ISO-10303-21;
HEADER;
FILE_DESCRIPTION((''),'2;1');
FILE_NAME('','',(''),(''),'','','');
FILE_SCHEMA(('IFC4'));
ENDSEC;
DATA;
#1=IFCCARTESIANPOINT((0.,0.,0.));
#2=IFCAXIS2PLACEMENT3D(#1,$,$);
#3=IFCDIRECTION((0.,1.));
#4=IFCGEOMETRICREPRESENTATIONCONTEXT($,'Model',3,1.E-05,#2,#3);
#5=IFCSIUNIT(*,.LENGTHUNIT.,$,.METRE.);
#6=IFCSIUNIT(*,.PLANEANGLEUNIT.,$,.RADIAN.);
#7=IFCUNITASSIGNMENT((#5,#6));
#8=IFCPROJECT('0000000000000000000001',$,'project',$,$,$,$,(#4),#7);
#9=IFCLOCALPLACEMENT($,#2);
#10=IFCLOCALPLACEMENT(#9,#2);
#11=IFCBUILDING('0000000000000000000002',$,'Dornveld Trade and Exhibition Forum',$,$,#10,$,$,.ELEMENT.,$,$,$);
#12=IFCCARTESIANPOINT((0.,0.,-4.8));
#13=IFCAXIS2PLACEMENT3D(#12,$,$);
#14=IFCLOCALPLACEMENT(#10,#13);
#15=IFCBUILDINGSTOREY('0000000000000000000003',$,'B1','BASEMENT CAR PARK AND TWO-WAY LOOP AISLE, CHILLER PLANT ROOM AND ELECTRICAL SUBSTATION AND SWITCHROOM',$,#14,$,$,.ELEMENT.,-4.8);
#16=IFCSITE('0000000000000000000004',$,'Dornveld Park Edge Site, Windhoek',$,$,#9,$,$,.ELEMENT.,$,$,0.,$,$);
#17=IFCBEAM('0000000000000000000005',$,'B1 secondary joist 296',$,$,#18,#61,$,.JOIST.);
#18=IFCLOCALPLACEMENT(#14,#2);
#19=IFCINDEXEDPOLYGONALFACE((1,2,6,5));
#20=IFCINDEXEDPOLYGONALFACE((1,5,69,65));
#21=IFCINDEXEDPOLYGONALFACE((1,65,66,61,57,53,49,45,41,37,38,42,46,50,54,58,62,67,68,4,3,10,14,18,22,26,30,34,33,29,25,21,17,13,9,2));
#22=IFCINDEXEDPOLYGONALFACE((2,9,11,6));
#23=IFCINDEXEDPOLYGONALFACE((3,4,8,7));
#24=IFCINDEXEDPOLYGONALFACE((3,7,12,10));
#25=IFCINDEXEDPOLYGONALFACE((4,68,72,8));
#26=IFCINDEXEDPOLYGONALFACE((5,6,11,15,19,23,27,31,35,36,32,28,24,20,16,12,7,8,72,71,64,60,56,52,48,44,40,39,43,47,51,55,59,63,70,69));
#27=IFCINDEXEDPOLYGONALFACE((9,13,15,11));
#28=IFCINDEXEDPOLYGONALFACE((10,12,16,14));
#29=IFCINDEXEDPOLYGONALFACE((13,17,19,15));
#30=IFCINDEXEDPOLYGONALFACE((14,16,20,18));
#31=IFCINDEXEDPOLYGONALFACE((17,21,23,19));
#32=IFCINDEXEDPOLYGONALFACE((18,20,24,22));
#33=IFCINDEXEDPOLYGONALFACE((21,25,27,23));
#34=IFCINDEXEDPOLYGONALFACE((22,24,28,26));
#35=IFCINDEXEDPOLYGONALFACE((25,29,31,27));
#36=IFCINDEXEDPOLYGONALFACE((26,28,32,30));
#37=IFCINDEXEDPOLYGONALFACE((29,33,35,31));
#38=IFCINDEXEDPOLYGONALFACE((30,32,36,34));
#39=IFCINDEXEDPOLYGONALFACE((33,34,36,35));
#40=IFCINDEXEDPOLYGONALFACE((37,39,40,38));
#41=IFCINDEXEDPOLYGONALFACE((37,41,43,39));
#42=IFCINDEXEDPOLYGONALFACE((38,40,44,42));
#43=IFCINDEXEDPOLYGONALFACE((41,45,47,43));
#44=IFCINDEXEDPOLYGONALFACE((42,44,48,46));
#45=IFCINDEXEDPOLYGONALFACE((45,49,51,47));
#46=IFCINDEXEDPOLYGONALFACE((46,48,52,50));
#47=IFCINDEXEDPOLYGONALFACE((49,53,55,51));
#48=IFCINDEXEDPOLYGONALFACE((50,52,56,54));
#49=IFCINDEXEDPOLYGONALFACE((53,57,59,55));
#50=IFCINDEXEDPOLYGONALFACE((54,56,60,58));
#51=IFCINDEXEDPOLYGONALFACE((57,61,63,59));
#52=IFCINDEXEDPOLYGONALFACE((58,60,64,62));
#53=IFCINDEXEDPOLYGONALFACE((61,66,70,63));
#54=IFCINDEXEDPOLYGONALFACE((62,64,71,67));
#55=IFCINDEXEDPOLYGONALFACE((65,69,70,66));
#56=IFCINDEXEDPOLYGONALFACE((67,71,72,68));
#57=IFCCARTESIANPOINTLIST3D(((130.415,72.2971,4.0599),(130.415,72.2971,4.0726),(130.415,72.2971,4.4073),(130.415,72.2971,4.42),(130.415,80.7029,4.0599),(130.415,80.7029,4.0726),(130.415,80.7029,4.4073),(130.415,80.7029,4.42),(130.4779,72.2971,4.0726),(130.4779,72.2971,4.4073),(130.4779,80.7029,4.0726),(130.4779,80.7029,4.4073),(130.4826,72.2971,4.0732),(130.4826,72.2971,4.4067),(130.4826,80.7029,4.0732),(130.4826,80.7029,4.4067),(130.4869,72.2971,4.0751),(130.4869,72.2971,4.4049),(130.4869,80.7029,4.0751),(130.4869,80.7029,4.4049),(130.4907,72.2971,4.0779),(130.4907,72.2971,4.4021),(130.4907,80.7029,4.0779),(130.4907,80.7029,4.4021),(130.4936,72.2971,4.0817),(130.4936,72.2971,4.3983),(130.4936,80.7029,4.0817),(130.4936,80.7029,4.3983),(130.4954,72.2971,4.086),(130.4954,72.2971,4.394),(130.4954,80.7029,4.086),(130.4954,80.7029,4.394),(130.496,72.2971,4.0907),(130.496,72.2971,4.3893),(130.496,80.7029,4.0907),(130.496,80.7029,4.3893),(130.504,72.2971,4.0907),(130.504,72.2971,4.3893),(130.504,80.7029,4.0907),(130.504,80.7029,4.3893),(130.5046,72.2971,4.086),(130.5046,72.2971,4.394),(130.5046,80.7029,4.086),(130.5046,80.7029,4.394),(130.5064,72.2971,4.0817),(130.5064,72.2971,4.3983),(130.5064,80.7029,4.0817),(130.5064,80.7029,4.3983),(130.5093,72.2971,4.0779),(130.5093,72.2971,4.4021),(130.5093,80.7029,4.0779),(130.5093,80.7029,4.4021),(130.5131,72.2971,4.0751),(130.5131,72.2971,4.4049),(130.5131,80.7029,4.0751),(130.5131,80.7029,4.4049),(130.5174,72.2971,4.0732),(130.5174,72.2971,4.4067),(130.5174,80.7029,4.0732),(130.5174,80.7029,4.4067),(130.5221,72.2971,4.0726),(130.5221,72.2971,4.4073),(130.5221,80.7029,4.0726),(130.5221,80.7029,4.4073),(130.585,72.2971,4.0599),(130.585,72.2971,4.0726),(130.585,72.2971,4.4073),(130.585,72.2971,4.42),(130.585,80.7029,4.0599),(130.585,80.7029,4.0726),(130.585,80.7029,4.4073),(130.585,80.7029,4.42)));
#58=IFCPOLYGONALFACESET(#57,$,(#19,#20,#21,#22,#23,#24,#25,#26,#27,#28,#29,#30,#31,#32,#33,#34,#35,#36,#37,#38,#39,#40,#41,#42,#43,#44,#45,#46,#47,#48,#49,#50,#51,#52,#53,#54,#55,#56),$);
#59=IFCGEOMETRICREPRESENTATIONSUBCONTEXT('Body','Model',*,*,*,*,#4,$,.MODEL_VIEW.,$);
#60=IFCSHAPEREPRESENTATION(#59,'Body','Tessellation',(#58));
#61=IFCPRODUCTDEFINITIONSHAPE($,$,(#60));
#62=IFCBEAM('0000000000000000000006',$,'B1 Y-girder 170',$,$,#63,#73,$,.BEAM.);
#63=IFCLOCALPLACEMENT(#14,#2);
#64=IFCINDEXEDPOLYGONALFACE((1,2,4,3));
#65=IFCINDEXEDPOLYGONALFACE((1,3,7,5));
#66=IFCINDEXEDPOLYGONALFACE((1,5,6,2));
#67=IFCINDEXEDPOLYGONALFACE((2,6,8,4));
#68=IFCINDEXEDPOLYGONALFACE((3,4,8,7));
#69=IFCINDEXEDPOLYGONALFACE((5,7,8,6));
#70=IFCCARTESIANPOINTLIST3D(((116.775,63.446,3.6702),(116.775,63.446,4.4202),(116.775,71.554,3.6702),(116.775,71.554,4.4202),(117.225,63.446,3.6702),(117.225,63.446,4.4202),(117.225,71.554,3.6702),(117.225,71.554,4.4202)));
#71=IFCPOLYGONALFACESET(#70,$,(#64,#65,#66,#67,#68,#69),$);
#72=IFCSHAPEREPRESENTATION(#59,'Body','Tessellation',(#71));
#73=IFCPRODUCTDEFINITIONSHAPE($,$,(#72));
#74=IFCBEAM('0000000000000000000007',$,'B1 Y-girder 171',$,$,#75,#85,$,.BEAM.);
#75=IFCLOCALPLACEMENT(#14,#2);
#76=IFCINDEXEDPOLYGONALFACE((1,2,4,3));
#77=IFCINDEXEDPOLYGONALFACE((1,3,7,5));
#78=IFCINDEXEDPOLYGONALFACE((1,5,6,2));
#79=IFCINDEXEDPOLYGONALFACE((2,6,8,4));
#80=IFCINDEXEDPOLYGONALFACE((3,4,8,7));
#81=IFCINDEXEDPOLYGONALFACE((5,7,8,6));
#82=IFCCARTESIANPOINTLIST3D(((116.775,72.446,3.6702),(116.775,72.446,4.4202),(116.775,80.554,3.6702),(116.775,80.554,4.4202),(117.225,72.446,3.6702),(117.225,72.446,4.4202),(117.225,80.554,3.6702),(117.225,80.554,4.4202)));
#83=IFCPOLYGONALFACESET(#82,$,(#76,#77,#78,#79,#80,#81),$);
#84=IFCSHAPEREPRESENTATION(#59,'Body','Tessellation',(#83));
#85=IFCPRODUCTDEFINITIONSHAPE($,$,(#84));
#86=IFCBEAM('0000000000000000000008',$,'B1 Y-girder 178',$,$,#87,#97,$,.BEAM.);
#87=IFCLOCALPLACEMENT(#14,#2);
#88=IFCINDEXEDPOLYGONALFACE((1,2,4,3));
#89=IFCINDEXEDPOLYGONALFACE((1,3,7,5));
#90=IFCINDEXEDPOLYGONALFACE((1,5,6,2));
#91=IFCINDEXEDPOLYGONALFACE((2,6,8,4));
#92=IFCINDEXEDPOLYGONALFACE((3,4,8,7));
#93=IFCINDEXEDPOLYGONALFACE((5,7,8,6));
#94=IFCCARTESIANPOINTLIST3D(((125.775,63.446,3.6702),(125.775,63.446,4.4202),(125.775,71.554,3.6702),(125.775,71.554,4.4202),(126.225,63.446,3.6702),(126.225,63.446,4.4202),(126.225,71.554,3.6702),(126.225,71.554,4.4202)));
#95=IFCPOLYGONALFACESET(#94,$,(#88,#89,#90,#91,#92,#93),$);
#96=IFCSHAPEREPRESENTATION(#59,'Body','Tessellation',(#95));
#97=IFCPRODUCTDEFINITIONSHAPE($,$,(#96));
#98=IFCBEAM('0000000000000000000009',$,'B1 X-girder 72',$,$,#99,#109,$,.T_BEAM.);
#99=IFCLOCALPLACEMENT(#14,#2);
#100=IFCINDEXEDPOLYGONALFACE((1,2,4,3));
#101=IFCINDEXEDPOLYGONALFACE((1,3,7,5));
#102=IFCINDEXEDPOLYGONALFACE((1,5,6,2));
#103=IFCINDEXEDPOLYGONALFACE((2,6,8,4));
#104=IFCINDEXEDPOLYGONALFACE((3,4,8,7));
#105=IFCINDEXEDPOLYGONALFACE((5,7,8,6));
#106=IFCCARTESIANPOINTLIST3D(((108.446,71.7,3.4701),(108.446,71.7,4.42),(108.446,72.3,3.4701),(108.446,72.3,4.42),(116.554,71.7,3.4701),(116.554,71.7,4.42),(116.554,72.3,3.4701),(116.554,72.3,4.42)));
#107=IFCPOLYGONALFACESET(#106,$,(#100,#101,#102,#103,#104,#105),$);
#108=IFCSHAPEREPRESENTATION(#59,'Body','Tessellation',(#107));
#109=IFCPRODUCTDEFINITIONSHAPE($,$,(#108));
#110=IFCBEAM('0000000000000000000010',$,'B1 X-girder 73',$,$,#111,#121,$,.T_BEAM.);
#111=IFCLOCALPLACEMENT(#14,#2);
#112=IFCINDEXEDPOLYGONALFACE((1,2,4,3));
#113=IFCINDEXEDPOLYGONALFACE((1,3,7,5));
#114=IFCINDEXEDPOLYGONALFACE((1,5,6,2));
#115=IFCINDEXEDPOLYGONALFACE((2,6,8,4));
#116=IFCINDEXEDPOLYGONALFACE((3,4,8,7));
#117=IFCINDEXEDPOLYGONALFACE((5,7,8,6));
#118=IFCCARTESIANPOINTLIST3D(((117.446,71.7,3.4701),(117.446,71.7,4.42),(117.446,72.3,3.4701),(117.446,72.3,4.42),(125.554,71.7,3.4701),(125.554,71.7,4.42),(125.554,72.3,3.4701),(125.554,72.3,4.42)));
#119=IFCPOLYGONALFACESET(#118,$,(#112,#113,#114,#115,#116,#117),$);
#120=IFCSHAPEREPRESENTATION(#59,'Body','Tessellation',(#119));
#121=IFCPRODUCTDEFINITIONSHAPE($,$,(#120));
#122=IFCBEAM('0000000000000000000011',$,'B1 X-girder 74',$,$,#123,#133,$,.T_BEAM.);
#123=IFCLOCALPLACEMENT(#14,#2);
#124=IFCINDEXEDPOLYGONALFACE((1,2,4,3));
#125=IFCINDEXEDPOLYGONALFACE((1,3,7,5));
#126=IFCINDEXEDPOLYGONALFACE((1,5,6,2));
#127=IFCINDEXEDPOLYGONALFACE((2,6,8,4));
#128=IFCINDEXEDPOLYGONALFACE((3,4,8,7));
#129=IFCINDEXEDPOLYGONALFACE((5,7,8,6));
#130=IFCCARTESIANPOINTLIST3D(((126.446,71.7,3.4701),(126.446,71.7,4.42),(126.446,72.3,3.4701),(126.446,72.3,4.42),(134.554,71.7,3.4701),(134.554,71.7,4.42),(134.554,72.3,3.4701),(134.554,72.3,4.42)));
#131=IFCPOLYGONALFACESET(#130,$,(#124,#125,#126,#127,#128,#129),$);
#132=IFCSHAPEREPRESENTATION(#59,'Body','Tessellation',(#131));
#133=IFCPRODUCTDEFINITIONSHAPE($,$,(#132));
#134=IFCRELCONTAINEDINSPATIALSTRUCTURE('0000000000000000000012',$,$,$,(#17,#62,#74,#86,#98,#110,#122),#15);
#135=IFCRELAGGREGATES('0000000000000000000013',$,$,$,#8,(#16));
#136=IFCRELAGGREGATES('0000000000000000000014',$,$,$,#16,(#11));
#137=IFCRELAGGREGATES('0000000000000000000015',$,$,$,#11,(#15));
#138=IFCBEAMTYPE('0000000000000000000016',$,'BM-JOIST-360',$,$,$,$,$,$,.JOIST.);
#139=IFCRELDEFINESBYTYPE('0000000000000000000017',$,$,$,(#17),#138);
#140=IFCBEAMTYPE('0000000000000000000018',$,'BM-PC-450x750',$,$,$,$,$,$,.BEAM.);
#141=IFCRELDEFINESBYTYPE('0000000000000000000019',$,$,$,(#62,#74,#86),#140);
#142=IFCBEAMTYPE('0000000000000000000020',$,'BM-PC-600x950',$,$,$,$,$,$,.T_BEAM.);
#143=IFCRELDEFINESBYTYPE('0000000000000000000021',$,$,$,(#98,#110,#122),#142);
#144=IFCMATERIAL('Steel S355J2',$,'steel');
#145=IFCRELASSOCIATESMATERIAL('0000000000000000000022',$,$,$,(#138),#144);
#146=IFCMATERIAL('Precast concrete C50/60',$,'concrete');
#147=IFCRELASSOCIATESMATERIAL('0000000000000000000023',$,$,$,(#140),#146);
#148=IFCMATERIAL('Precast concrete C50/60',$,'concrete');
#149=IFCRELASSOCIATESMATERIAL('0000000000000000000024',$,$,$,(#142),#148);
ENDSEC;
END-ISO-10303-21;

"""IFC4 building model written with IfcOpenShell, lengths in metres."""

from ifc_helpers import new_model, si_unit, direction, frame, origin, origin_2d, place, context, subcontext, project, spatial, rectangle, i_section, extrude, material, material_profile, profile_set, type_object, element, save


model = new_model("IFC4")

# Units and contexts
model_context = context("Model", 3, precision=1e-05, world=origin(), true_north=direction((0.0, 1.0)))
body_context = subcontext(model_context, "Body", "Model", "MODEL_VIEW")
ifc_project = project(units=[si_unit("LENGTHUNIT", "METRE"), si_unit("PLANEANGLEUNIT", "RADIAN")], contexts=[model_context])

# Site, building, storey
site_placement = place(None, origin())
site = spatial("IfcSite", under=ifc_project, at=site_placement, Name="Dornveld Park Edge Site, Windhoek", CompositionType="ELEMENT", RefElevation=0.0)
building_placement = place(site_placement, origin())
building = spatial("IfcBuilding", under=site, at=building_placement, Name="Dornveld Trade and Exhibition Forum", CompositionType="ELEMENT")
storey_placement = place(building_placement, frame((0.0, 0.0, -4.8)))
storey = spatial("IfcBuildingStorey", under=building, at=storey_placement, Name="B1", Description="BASEMENT CAR PARK AND TWO-WAY LOOP AISLE, CHILLER PLANT ROOM AND ELECTRICAL SUBSTATION AND SWITCHROOM", CompositionType="ELEMENT", Elevation=-4.8)

# Beams
ifc_material_1 = material(Name="Steel S355J2", Category="steel")
ifc_material_profile_1 = material_profile(ifc_material_1, i_section(OverallWidth=0.1699, OverallDepth=0.3601, WebThickness=0.0081, FlangeThickness=0.0127, FilletRadius=0.0181, at=origin_2d()), Name="IPE 360")
ifc_profile_set_1 = profile_set([ifc_material_profile_1], Name="Steel S355J2")
beam_type_1 = type_object("IfcBeamType", Name="BM-JOIST-360", PredefinedType="JOIST", material=ifc_profile_set_1)
for number, where, z_axis, x_axis, name in (
    (1, (130.5, 72.2971, 4.24), (0.0, 1.0, 0.0), (-1.0, 0.0, 0.0), "B1 secondary joist 296"),
):
    element("IfcBeam", number, at=place(storey_placement, frame(where, z_axis=z_axis, x_axis=x_axis)), inside=storey, type_object=beam_type_1, Name=name, PredefinedType="JOIST", context=body_context, shape_type="SweptSolid", body=[
        extrude(i_section(OverallWidth=0.1699, OverallDepth=0.3601, WebThickness=0.0081, FlangeThickness=0.0127, FilletRadius=0.0181, at=origin_2d()), origin(), (0.0, 0.0, 1.0), 8.4058),
    ])
ifc_material_2 = material(Name="Precast concrete C50/60", Category="concrete")
ifc_material_profile_2 = material_profile(ifc_material_2, rectangle(XDim=0.45, YDim=0.75, at=origin_2d()), Name="PC-BM 450x750")
ifc_profile_set_2 = profile_set([ifc_material_profile_2], Name="Precast concrete C50/60")
beam_type_2 = type_object("IfcBeamType", Name="BM-PC-450x750", PredefinedType="BEAM", material=ifc_profile_set_2)
for number, where, z_axis, x_axis, name in (
    (2, (117.0, 63.446, 4.0452), (0.0, 1.0, 0.0), (-1.0, 0.0, 0.0), "B1 Y-girder 170"),
    (3, (117.0, 72.446, 4.0452), (0.0, 1.0, 0.0), (-1.0, 0.0, 0.0), "B1 Y-girder 171"),
    (4, (126.0, 63.446, 4.0452), (0.0, 1.0, 0.0), (-1.0, 0.0, 0.0), "B1 Y-girder 178"),
):
    element("IfcBeam", number, at=place(storey_placement, frame(where, z_axis=z_axis, x_axis=x_axis)), inside=storey, type_object=beam_type_2, Name=name, PredefinedType="BEAM", context=body_context, shape_type="SweptSolid", body=[
        extrude(rectangle(XDim=0.45, YDim=0.75, at=origin_2d()), origin(), (0.0, 0.0, 1.0), 8.1079),
    ])
ifc_material_3 = material(Name="Precast concrete C50/60", Category="concrete")
ifc_material_profile_3 = material_profile(ifc_material_3, rectangle(XDim=0.6001, YDim=0.95, at=origin_2d()), Name="PC-GIR 600x950")
ifc_profile_set_3 = profile_set([ifc_material_profile_3], Name="Precast concrete C50/60")
beam_type_3 = type_object("IfcBeamType", Name="BM-PC-600x950", PredefinedType="T_BEAM", material=ifc_profile_set_3)
for number, where, z_axis, x_axis, name in (
    (5, (108.446, 72.0, 3.9451), (1.0, 0.0, 0.0), (0.0, 1.0, 0.0), "B1 X-girder 72"),
    (6, (117.446, 72.0, 3.9451), (1.0, 0.0, 0.0), (0.0, 1.0, 0.0), "B1 X-girder 73"),
    (7, (126.446, 72.0, 3.9451), (1.0, 0.0, 0.0), (0.0, 1.0, 0.0), "B1 X-girder 74"),
):
    element("IfcBeam", number, at=place(storey_placement, frame(where, z_axis=z_axis, x_axis=x_axis)), inside=storey, type_object=beam_type_3, Name=name, PredefinedType="T_BEAM", context=body_context, shape_type="SweptSolid", body=[
        extrude(rectangle(XDim=0.6001, YDim=0.95, at=origin_2d()), origin(), (0.0, 0.0, 1.0), 8.1079),
    ])

save(model, "model.ifc")
